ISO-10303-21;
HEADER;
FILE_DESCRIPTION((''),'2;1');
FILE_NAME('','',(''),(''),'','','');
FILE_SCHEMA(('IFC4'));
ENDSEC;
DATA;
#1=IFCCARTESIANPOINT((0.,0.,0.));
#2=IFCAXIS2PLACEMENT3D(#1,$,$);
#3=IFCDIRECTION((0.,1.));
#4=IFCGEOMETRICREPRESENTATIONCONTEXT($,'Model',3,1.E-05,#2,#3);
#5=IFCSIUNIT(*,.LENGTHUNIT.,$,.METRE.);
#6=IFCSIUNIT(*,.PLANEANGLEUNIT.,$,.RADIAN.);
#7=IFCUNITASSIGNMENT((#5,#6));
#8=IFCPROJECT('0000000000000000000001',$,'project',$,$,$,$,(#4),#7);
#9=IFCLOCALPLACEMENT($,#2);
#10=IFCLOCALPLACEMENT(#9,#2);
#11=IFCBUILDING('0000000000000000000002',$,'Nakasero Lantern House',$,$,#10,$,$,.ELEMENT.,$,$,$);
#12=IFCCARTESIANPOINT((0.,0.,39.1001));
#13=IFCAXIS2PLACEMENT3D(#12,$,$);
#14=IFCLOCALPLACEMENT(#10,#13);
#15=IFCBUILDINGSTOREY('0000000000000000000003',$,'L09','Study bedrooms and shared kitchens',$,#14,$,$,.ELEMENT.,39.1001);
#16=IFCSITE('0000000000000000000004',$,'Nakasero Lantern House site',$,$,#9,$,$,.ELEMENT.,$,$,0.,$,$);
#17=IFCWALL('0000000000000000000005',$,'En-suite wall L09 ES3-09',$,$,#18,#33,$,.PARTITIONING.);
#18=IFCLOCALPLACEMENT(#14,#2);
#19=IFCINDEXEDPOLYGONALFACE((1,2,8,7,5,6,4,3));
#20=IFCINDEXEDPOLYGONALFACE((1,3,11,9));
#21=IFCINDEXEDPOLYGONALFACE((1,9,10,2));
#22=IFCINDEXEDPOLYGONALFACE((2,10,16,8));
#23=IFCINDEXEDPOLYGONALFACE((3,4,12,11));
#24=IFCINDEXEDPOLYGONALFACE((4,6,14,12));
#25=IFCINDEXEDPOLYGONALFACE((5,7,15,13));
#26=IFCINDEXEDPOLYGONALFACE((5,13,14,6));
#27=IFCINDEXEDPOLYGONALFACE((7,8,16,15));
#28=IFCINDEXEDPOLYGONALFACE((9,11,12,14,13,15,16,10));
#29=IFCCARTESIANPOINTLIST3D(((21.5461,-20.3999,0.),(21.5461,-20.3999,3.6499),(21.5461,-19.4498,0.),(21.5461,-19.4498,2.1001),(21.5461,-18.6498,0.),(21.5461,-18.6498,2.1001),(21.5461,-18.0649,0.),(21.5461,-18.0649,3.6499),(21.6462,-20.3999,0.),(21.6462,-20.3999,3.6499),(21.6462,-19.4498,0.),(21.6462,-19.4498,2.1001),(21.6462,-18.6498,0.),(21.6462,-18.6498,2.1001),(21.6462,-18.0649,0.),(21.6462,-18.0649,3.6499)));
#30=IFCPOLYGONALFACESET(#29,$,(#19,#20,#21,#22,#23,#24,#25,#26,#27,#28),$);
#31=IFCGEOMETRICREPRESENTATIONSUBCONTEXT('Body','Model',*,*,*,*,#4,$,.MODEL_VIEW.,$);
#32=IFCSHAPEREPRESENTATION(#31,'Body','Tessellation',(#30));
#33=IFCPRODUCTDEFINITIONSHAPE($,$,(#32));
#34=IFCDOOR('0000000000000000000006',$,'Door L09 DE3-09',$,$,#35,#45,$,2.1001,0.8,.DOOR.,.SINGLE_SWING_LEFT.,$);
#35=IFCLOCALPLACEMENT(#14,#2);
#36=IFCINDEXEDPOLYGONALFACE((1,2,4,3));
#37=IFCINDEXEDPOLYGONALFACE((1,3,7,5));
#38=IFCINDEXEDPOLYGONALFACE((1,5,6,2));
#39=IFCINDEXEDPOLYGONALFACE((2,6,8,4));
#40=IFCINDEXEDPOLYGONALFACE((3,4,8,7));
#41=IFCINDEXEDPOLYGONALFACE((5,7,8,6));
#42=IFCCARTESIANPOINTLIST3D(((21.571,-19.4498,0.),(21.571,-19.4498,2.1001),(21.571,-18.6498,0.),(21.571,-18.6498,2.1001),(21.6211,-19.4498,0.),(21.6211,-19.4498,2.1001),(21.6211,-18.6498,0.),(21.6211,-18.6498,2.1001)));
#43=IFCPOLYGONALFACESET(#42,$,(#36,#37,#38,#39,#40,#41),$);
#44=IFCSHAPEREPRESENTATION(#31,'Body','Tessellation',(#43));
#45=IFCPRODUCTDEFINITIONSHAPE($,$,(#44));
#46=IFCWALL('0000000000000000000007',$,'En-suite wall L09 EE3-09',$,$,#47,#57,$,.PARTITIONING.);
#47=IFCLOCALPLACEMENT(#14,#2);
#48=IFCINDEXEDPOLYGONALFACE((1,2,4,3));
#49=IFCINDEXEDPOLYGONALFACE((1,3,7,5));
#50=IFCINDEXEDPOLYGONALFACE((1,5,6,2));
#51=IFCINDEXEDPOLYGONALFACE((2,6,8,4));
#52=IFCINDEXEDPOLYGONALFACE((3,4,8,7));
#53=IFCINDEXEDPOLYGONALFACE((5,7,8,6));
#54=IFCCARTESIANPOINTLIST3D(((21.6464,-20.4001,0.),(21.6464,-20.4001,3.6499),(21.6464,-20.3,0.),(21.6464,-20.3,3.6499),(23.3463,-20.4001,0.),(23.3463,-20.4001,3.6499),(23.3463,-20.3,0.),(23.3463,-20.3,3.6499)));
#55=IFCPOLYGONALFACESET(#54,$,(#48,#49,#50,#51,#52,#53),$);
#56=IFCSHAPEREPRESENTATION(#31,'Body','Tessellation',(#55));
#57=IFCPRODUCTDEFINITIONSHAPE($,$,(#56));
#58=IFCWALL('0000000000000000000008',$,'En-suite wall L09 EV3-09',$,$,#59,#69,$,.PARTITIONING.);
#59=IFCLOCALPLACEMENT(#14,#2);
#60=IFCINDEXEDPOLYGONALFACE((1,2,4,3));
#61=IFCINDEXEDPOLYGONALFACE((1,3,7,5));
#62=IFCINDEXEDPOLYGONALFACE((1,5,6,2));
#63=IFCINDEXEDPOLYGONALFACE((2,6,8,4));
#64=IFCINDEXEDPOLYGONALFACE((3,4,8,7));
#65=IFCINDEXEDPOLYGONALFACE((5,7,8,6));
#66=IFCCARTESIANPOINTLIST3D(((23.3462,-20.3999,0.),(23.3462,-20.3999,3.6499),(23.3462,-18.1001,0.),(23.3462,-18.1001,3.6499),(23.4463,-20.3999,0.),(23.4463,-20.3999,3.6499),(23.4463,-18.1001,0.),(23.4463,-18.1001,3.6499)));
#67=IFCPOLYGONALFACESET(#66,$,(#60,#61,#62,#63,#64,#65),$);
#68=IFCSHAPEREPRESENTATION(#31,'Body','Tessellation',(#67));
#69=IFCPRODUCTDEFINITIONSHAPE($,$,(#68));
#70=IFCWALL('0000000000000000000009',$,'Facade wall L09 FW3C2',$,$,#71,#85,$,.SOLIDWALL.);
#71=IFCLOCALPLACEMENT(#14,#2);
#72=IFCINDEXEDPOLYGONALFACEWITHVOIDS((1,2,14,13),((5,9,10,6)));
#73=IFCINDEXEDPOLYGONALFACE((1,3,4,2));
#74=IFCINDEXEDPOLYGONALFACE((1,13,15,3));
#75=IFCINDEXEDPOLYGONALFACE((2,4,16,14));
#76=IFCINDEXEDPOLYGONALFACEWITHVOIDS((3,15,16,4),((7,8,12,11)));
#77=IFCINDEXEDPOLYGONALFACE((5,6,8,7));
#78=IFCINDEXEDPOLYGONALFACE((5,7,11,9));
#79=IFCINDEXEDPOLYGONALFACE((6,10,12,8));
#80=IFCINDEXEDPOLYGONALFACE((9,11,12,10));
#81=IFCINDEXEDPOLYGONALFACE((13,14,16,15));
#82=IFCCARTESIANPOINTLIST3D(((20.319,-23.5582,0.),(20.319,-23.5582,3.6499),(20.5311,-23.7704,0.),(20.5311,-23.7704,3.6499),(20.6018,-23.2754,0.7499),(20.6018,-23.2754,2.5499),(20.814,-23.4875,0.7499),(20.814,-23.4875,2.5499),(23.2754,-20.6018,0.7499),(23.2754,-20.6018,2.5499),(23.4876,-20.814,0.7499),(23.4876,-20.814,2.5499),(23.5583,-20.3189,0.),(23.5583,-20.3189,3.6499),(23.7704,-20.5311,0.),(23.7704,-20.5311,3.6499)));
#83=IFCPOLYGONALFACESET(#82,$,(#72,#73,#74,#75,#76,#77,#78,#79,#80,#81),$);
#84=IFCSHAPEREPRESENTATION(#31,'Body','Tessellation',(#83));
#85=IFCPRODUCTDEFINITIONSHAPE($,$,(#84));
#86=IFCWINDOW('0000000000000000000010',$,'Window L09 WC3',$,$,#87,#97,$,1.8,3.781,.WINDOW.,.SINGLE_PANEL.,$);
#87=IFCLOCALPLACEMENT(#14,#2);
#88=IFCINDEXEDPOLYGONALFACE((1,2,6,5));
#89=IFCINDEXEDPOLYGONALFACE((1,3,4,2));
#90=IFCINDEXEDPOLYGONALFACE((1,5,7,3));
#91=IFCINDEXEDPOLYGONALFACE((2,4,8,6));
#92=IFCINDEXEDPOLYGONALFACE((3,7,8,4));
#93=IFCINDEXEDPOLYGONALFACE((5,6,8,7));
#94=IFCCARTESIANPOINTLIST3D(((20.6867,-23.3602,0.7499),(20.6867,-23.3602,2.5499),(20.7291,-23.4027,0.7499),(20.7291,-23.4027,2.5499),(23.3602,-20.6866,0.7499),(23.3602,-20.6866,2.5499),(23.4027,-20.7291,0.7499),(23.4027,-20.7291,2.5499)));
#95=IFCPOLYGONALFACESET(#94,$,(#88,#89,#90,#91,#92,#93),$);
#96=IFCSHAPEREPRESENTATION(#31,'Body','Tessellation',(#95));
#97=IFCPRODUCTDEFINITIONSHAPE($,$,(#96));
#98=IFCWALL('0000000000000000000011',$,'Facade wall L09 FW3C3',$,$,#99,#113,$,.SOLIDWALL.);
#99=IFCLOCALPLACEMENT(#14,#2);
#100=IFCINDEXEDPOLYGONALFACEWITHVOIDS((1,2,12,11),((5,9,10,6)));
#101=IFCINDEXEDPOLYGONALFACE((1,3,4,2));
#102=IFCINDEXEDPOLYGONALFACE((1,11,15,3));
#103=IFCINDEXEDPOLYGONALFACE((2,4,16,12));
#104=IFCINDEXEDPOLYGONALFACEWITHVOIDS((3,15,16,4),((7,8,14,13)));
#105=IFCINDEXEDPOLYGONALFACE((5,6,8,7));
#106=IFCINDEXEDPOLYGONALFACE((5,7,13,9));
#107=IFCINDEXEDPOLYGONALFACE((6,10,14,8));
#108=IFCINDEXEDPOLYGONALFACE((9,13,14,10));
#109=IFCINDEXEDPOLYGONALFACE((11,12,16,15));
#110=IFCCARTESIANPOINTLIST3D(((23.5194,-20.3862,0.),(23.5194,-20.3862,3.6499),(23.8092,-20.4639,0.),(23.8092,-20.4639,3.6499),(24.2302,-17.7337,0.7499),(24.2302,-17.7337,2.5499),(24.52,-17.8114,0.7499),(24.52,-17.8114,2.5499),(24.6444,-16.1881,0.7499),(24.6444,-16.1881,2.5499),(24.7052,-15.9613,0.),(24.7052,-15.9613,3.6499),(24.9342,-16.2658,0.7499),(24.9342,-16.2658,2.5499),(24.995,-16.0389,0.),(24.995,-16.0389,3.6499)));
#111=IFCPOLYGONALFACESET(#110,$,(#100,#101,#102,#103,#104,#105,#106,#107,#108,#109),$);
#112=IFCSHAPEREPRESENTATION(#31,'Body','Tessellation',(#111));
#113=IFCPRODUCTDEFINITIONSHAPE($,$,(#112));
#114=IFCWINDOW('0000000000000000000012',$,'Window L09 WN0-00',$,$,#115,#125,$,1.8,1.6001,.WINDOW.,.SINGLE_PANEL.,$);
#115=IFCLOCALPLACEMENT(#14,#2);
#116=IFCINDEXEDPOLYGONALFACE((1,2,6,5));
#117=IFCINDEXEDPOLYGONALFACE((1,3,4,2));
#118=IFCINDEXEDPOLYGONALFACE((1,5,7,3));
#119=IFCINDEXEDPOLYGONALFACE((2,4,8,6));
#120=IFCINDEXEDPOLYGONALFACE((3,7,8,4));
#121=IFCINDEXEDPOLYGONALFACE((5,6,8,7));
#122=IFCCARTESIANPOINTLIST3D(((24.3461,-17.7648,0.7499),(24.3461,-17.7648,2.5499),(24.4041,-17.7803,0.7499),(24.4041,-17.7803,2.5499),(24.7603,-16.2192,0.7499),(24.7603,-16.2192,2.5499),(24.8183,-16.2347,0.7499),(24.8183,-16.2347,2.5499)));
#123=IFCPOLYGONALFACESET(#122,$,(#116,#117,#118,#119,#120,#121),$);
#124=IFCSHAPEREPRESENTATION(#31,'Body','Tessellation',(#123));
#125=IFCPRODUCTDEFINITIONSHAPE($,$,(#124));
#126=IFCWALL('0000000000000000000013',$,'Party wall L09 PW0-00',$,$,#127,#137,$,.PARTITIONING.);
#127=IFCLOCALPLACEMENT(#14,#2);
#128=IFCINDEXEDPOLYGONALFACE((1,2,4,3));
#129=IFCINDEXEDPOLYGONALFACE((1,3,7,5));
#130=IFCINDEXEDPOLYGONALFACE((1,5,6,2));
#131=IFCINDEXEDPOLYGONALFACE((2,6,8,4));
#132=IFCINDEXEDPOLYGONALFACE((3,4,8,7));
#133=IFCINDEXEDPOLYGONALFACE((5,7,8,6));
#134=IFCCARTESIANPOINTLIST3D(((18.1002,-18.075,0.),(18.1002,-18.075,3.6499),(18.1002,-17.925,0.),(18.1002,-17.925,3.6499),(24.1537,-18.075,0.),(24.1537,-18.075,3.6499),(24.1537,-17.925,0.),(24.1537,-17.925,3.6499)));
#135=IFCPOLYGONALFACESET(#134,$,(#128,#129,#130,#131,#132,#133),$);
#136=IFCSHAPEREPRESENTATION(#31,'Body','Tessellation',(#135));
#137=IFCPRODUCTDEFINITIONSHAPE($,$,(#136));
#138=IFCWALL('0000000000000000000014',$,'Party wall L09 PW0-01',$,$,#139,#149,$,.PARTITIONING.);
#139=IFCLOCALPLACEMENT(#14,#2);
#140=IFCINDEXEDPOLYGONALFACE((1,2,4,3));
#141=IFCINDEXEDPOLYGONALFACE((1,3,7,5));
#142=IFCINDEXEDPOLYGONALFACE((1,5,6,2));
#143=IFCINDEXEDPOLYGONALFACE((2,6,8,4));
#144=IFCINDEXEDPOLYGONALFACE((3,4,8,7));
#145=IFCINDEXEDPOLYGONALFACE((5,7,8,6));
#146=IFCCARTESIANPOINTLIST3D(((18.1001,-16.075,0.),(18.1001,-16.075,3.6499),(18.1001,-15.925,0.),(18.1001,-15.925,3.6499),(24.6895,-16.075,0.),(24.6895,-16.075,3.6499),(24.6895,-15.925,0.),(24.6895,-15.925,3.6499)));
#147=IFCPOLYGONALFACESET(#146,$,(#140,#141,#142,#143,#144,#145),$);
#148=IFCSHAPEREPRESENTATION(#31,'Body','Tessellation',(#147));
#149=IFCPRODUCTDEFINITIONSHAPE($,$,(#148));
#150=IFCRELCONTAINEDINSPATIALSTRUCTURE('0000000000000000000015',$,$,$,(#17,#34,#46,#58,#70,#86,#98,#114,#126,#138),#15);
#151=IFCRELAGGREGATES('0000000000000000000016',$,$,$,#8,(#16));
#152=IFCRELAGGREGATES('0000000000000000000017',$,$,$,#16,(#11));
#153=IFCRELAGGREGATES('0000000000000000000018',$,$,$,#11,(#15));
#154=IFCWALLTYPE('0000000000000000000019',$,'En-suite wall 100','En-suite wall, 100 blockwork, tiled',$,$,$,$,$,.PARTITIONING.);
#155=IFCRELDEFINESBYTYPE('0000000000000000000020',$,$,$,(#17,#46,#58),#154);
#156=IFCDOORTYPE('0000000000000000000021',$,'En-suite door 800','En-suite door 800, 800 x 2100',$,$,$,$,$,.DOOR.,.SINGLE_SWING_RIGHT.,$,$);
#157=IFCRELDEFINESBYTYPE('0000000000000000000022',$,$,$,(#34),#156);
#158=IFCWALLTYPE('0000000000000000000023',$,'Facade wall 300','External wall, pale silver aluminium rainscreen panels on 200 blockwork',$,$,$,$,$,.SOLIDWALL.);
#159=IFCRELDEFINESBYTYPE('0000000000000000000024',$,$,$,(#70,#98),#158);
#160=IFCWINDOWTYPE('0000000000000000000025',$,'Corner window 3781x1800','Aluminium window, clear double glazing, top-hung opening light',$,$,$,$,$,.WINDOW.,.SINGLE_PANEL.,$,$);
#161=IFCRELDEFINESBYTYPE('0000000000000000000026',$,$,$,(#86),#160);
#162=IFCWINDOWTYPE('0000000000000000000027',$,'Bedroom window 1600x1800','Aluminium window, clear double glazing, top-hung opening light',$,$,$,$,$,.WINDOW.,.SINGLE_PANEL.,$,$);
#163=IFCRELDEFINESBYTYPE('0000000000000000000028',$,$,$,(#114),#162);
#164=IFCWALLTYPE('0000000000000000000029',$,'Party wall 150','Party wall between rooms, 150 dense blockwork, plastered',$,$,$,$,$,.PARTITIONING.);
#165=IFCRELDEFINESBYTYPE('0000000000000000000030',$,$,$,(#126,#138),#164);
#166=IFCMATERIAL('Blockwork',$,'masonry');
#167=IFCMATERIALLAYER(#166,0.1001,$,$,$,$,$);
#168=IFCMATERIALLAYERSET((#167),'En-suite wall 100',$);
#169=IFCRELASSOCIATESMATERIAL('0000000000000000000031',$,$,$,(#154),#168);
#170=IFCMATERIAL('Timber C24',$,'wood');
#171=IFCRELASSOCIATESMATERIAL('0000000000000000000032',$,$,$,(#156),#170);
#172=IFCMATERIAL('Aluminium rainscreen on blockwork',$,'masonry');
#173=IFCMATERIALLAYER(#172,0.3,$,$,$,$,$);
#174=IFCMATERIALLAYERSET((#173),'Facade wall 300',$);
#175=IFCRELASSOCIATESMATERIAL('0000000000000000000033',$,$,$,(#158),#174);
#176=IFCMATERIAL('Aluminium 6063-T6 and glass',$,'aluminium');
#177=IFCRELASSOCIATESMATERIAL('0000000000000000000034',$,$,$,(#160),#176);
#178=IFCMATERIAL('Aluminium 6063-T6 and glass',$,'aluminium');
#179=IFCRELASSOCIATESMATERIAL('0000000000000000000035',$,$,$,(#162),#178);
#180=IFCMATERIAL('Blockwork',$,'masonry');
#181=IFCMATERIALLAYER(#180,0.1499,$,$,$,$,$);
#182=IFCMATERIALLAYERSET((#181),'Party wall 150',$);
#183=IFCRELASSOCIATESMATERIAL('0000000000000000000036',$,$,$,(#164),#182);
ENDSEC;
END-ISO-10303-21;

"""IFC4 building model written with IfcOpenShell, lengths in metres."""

from ifc_helpers import new_model, si_unit, direction, frame, frame_2d, origin, place, context, subcontext, project, spatial, rectangle, extrude, material, layer, layer_set, type_object, element, fill, save


model = new_model("IFC4")

# Units and contexts
model_context = context("Model", 3, precision=1e-05, world=origin(), true_north=direction((0.0, 1.0)))
body_context = subcontext(model_context, "Body", "Model", "MODEL_VIEW")
ifc_project = project(units=[si_unit("LENGTHUNIT", "METRE"), si_unit("PLANEANGLEUNIT", "RADIAN")], contexts=[model_context])

# Site, building, storey
site_placement = place(None, origin())
site = spatial("IfcSite", under=ifc_project, at=site_placement, Name="Nakasero Lantern House site", CompositionType="ELEMENT", RefElevation=0.0)
building_placement = place(site_placement, origin())
building = spatial("IfcBuilding", under=site, at=building_placement, Name="Nakasero Lantern House", CompositionType="ELEMENT")
storey_placement = place(building_placement, frame((0.0, 0.0, 39.1001)))
storey = spatial("IfcBuildingStorey", under=building, at=storey_placement, Name="L09", Description="Study bedrooms and shared kitchens", CompositionType="ELEMENT", Elevation=39.1001)

# Wall, opening, door
ifc_material_1 = material(Name="Blockwork", Category="masonry")
ifc_layer_1 = layer(ifc_material_1, 0.1001)
ifc_layer_set_1 = layer_set([ifc_layer_1], Name="En-suite wall 100")
wall_type_1 = type_object("IfcWallType", Name="En-suite wall 100", Description="En-suite wall, 100 blockwork, tiled", PredefinedType="PARTITIONING", material=ifc_layer_set_1)
wall_1_placement = place(storey_placement, frame((21.5962, -18.0649, 0.0), z_axis=(0.0, 0.0, 1.0), x_axis=(0.0, -1.0, 0.0)))
wall_1 = element("IfcWall", 1, at=wall_1_placement, inside=storey, type_object=wall_type_1, Name="En-suite wall L09 ES3-09", PredefinedType="PARTITIONING", context=body_context, shape_type="SweptSolid", body=[
    extrude(rectangle(XDim=2.335, YDim=0.1001, at=frame_2d((1.1675, 0.0))), origin(), (0.0, 0.0, 1.0), 3.6499),
])
opening_1_placement = place(wall_1_placement, frame((0.585, 0.0, 0.0)))
opening_1 = element("IfcOpeningElement", 2, at=opening_1_placement, cuts=wall_1, PredefinedType="OPENING", context=body_context, shape_type="SweptSolid", body=[
    extrude(rectangle(XDim=0.8, YDim=2.1001, at=frame_2d((0.3999, 1.05))), frame((0.0, 0.0701, 0.0), z_axis=(0.0, -1.0, 0.0), x_axis=(1.0, 0.0, 0.0)), (0.0, 0.0, 1.0), 0.1401),
])
ifc_material_2 = material(Name="Timber C24", Category="wood")
door_type_1 = type_object("IfcDoorType", Name="En-suite door 800", Description="En-suite door 800, 800 x 2100", OperationType="SINGLE_SWING_RIGHT", PredefinedType="DOOR", material=ifc_material_2)
door_1_placement = place(opening_1_placement, origin())
door_1 = element("IfcDoor", 3, at=door_1_placement, inside=storey, type_object=door_type_1, Name="Door L09 DE3-09", OperationType="SINGLE_SWING_LEFT", OverallHeight=2.1001, OverallWidth=0.8, PredefinedType="DOOR", context=body_context, shape_type="SweptSolid", body=[
    extrude(rectangle(XDim=0.8, YDim=2.1001, at=frame_2d((0.3999, 1.05))), frame((0.0, 0.0249, 0.0), z_axis=(0.0, -1.0, 0.0), x_axis=(1.0, 0.0, 0.0)), (0.0, 0.0, 1.0), 0.05),
])
fill(opening_1, door_1)

# Walls
wall_2_placement = place(storey_placement, frame((21.6462, -20.3501, 0.0), z_axis=(0.0, 0.0, 1.0), x_axis=(1.0, 0.0, 0.0)))
element("IfcWall", 4, at=wall_2_placement, inside=storey, type_object=wall_type_1, Name="En-suite wall L09 EE3-09", PredefinedType="PARTITIONING", context=body_context, shape_type="SweptSolid", body=[
    extrude(rectangle(XDim=1.7, YDim=0.1001, at=frame_2d((0.8501, 0.0))), origin(), (0.0, 0.0, 1.0), 3.6499),
])
wall_3_placement = place(storey_placement, frame((23.3962, -18.1001, 0.0), z_axis=(0.0, 0.0, 1.0), x_axis=(0.0, -1.0, 0.0)))
element("IfcWall", 5, at=wall_3_placement, inside=storey, type_object=wall_type_1, Name="En-suite wall L09 EV3-09", PredefinedType="PARTITIONING", context=body_context, shape_type="SweptSolid", body=[
    extrude(rectangle(XDim=2.2998, YDim=0.1001, at=frame_2d((1.1499, 0.0))), origin(), (0.0, 0.0, 1.0), 3.6499),
])

# Walls, openings, windows
ifc_material_3 = material(Name="Aluminium rainscreen on blockwork", Category="masonry")
ifc_layer_2 = layer(ifc_material_3, 0.3)
ifc_layer_set_2 = layer_set([ifc_layer_2], Name="Facade wall 300")
wall_type_2 = type_object("IfcWallType", Name="Facade wall 300", Description="External wall, pale silver aluminium rainscreen panels on 200 blockwork", PredefinedType="SOLIDWALL", material=ifc_layer_set_2)
wall_4_placement = place(storey_placement, frame((20.425, -23.6643, 0.0), z_axis=(0.0, 0.0, 1.0), x_axis=(0.707107, 0.707107, 0.0)))
wall_4 = element("IfcWall", 6, at=wall_4_placement, inside=storey, type_object=wall_type_2, Name="Facade wall L09 FW3C2", PredefinedType="SOLIDWALL", context=body_context, shape_type="SweptSolid", body=[
    extrude(rectangle(XDim=4.5811, YDim=0.3, at=frame_2d((2.2905, 0.0))), origin(), (0.0, 0.0, 1.0), 3.6499),
])
opening_2_placement = place(wall_4_placement, frame((0.3999, 0.0, 0.75)))
opening_2 = element("IfcOpeningElement", 7, at=opening_2_placement, cuts=wall_4, PredefinedType="OPENING", context=body_context, shape_type="SweptSolid", body=[
    extrude(rectangle(XDim=3.781, YDim=1.8, at=frame_2d((1.8906, 0.8999))), frame((0.0, 0.1699, 0.0), z_axis=(0.0, -1.0, 0.0), x_axis=(1.0, 0.0, 0.0)), (0.0, 0.0, 1.0), 0.3401),
])
ifc_material_4 = material(Name="Aluminium 6063-T6 and glass", Category="aluminium")
window_type_1 = type_object("IfcWindowType", Name="Corner window 3781x1800", Description="Aluminium window, clear double glazing, top-hung opening light", PartitioningType="SINGLE_PANEL", PredefinedType="WINDOW", material=ifc_material_4)
window_1_placement = place(opening_2_placement, origin())
window_1 = element("IfcWindow", 8, at=window_1_placement, inside=storey, type_object=window_type_1, Name="Window L09 WC3", OverallHeight=1.8, OverallWidth=3.781, PartitioningType="SINGLE_PANEL", PredefinedType="WINDOW", context=body_context, shape_type="SweptSolid", body=[
    extrude(rectangle(XDim=3.781, YDim=1.8, at=frame_2d((1.8906, 0.8999))), frame((0.0, 0.03, 0.0), z_axis=(0.0, -1.0, 0.0), x_axis=(1.0, 0.0, 0.0)), (0.0, 0.0, 1.0), 0.0601),
])
fill(opening_2, window_1)
wall_5_placement = place(storey_placement, frame((23.6643, -20.425, 0.0), z_axis=(0.0, 0.0, 1.0), x_axis=(0.25884, 0.96592, 0.0)))
wall_5 = element("IfcWall", 9, at=wall_5_placement, inside=storey, type_object=wall_type_2, Name="Facade wall L09 FW3C3", PredefinedType="SOLIDWALL", context=body_context, shape_type="SweptSolid", body=[
    extrude(rectangle(XDim=4.5811, YDim=0.3, at=frame_2d((2.2905, 0.0))), origin(), (0.0, 0.0, 1.0), 3.6499),
])
opening_3_placement = place(wall_5_placement, frame((2.7461, 0.0, 0.75)))
opening_3 = element("IfcOpeningElement", 10, at=opening_3_placement, cuts=wall_5, PredefinedType="OPENING", context=body_context, shape_type="SweptSolid", body=[
    extrude(rectangle(XDim=1.6001, YDim=1.8, at=frame_2d((0.8, 0.8999))), frame((0.0, 0.1699, 0.0), z_axis=(0.0, -1.0, 0.0), x_axis=(1.0, 0.0, 0.0)), (0.0, 0.0, 1.0), 0.3401),
])
ifc_material_5 = material(Name="Aluminium 6063-T6 and glass", Category="aluminium")
window_type_2 = type_object("IfcWindowType", Name="Bedroom window 1600x1800", Description="Aluminium window, clear double glazing, top-hung opening light", PartitioningType="SINGLE_PANEL", PredefinedType="WINDOW", material=ifc_material_5)
window_2_placement = place(opening_3_placement, origin())
window_2 = element("IfcWindow", 11, at=window_2_placement, inside=storey, type_object=window_type_2, Name="Window L09 WN0-00", OverallHeight=1.8, OverallWidth=1.6001, PartitioningType="SINGLE_PANEL", PredefinedType="WINDOW", context=body_context, shape_type="SweptSolid", body=[
    extrude(rectangle(XDim=1.6001, YDim=1.8, at=frame_2d((0.8, 0.8999))), frame((0.0, 0.03, 0.0), z_axis=(0.0, -1.0, 0.0), x_axis=(1.0, 0.0, 0.0)), (0.0, 0.0, 1.0), 0.0601),
])
fill(opening_3, window_2)

# Walls
ifc_material_6 = material(Name="Blockwork", Category="masonry")
ifc_layer_3 = layer(ifc_material_6, 0.1499)
ifc_layer_set_3 = layer_set([ifc_layer_3], Name="Party wall 150")
wall_type_3 = type_object("IfcWallType", Name="Party wall 150", Description="Party wall between rooms, 150 dense blockwork, plastered", PredefinedType="PARTITIONING", material=ifc_layer_set_3)
wall_6_placement = place(storey_placement, frame((18.1001, -18.0, 0.0), z_axis=(0.0, 0.0, 1.0), x_axis=(1.0, 0.0, 0.0)))
element("IfcWall", 12, at=wall_6_placement, inside=storey, type_object=wall_type_3, Name="Party wall L09 PW0-00", PredefinedType="PARTITIONING", context=body_context, shape_type="SweptSolid", body=[
    extrude(rectangle(XDim=6.0535, YDim=0.1499, at=frame_2d((3.0269, 0.0))), origin(), (0.0, 0.0, 1.0), 3.6499),
])
wall_7_placement = place(storey_placement, frame((18.1001, -16.0, 0.0), z_axis=(0.0, 0.0, 1.0), x_axis=(1.0, 0.0, 0.0)))
element("IfcWall", 13, at=wall_7_placement, inside=storey, type_object=wall_type_3, Name="Party wall L09 PW0-01", PredefinedType="PARTITIONING", context=body_context, shape_type="SweptSolid", body=[
    extrude(rectangle(XDim=6.5894, YDim=0.1499, at=frame_2d((3.2947, 0.0))), origin(), (0.0, 0.0, 1.0), 3.6499),
])

save(model, "model.ifc")
